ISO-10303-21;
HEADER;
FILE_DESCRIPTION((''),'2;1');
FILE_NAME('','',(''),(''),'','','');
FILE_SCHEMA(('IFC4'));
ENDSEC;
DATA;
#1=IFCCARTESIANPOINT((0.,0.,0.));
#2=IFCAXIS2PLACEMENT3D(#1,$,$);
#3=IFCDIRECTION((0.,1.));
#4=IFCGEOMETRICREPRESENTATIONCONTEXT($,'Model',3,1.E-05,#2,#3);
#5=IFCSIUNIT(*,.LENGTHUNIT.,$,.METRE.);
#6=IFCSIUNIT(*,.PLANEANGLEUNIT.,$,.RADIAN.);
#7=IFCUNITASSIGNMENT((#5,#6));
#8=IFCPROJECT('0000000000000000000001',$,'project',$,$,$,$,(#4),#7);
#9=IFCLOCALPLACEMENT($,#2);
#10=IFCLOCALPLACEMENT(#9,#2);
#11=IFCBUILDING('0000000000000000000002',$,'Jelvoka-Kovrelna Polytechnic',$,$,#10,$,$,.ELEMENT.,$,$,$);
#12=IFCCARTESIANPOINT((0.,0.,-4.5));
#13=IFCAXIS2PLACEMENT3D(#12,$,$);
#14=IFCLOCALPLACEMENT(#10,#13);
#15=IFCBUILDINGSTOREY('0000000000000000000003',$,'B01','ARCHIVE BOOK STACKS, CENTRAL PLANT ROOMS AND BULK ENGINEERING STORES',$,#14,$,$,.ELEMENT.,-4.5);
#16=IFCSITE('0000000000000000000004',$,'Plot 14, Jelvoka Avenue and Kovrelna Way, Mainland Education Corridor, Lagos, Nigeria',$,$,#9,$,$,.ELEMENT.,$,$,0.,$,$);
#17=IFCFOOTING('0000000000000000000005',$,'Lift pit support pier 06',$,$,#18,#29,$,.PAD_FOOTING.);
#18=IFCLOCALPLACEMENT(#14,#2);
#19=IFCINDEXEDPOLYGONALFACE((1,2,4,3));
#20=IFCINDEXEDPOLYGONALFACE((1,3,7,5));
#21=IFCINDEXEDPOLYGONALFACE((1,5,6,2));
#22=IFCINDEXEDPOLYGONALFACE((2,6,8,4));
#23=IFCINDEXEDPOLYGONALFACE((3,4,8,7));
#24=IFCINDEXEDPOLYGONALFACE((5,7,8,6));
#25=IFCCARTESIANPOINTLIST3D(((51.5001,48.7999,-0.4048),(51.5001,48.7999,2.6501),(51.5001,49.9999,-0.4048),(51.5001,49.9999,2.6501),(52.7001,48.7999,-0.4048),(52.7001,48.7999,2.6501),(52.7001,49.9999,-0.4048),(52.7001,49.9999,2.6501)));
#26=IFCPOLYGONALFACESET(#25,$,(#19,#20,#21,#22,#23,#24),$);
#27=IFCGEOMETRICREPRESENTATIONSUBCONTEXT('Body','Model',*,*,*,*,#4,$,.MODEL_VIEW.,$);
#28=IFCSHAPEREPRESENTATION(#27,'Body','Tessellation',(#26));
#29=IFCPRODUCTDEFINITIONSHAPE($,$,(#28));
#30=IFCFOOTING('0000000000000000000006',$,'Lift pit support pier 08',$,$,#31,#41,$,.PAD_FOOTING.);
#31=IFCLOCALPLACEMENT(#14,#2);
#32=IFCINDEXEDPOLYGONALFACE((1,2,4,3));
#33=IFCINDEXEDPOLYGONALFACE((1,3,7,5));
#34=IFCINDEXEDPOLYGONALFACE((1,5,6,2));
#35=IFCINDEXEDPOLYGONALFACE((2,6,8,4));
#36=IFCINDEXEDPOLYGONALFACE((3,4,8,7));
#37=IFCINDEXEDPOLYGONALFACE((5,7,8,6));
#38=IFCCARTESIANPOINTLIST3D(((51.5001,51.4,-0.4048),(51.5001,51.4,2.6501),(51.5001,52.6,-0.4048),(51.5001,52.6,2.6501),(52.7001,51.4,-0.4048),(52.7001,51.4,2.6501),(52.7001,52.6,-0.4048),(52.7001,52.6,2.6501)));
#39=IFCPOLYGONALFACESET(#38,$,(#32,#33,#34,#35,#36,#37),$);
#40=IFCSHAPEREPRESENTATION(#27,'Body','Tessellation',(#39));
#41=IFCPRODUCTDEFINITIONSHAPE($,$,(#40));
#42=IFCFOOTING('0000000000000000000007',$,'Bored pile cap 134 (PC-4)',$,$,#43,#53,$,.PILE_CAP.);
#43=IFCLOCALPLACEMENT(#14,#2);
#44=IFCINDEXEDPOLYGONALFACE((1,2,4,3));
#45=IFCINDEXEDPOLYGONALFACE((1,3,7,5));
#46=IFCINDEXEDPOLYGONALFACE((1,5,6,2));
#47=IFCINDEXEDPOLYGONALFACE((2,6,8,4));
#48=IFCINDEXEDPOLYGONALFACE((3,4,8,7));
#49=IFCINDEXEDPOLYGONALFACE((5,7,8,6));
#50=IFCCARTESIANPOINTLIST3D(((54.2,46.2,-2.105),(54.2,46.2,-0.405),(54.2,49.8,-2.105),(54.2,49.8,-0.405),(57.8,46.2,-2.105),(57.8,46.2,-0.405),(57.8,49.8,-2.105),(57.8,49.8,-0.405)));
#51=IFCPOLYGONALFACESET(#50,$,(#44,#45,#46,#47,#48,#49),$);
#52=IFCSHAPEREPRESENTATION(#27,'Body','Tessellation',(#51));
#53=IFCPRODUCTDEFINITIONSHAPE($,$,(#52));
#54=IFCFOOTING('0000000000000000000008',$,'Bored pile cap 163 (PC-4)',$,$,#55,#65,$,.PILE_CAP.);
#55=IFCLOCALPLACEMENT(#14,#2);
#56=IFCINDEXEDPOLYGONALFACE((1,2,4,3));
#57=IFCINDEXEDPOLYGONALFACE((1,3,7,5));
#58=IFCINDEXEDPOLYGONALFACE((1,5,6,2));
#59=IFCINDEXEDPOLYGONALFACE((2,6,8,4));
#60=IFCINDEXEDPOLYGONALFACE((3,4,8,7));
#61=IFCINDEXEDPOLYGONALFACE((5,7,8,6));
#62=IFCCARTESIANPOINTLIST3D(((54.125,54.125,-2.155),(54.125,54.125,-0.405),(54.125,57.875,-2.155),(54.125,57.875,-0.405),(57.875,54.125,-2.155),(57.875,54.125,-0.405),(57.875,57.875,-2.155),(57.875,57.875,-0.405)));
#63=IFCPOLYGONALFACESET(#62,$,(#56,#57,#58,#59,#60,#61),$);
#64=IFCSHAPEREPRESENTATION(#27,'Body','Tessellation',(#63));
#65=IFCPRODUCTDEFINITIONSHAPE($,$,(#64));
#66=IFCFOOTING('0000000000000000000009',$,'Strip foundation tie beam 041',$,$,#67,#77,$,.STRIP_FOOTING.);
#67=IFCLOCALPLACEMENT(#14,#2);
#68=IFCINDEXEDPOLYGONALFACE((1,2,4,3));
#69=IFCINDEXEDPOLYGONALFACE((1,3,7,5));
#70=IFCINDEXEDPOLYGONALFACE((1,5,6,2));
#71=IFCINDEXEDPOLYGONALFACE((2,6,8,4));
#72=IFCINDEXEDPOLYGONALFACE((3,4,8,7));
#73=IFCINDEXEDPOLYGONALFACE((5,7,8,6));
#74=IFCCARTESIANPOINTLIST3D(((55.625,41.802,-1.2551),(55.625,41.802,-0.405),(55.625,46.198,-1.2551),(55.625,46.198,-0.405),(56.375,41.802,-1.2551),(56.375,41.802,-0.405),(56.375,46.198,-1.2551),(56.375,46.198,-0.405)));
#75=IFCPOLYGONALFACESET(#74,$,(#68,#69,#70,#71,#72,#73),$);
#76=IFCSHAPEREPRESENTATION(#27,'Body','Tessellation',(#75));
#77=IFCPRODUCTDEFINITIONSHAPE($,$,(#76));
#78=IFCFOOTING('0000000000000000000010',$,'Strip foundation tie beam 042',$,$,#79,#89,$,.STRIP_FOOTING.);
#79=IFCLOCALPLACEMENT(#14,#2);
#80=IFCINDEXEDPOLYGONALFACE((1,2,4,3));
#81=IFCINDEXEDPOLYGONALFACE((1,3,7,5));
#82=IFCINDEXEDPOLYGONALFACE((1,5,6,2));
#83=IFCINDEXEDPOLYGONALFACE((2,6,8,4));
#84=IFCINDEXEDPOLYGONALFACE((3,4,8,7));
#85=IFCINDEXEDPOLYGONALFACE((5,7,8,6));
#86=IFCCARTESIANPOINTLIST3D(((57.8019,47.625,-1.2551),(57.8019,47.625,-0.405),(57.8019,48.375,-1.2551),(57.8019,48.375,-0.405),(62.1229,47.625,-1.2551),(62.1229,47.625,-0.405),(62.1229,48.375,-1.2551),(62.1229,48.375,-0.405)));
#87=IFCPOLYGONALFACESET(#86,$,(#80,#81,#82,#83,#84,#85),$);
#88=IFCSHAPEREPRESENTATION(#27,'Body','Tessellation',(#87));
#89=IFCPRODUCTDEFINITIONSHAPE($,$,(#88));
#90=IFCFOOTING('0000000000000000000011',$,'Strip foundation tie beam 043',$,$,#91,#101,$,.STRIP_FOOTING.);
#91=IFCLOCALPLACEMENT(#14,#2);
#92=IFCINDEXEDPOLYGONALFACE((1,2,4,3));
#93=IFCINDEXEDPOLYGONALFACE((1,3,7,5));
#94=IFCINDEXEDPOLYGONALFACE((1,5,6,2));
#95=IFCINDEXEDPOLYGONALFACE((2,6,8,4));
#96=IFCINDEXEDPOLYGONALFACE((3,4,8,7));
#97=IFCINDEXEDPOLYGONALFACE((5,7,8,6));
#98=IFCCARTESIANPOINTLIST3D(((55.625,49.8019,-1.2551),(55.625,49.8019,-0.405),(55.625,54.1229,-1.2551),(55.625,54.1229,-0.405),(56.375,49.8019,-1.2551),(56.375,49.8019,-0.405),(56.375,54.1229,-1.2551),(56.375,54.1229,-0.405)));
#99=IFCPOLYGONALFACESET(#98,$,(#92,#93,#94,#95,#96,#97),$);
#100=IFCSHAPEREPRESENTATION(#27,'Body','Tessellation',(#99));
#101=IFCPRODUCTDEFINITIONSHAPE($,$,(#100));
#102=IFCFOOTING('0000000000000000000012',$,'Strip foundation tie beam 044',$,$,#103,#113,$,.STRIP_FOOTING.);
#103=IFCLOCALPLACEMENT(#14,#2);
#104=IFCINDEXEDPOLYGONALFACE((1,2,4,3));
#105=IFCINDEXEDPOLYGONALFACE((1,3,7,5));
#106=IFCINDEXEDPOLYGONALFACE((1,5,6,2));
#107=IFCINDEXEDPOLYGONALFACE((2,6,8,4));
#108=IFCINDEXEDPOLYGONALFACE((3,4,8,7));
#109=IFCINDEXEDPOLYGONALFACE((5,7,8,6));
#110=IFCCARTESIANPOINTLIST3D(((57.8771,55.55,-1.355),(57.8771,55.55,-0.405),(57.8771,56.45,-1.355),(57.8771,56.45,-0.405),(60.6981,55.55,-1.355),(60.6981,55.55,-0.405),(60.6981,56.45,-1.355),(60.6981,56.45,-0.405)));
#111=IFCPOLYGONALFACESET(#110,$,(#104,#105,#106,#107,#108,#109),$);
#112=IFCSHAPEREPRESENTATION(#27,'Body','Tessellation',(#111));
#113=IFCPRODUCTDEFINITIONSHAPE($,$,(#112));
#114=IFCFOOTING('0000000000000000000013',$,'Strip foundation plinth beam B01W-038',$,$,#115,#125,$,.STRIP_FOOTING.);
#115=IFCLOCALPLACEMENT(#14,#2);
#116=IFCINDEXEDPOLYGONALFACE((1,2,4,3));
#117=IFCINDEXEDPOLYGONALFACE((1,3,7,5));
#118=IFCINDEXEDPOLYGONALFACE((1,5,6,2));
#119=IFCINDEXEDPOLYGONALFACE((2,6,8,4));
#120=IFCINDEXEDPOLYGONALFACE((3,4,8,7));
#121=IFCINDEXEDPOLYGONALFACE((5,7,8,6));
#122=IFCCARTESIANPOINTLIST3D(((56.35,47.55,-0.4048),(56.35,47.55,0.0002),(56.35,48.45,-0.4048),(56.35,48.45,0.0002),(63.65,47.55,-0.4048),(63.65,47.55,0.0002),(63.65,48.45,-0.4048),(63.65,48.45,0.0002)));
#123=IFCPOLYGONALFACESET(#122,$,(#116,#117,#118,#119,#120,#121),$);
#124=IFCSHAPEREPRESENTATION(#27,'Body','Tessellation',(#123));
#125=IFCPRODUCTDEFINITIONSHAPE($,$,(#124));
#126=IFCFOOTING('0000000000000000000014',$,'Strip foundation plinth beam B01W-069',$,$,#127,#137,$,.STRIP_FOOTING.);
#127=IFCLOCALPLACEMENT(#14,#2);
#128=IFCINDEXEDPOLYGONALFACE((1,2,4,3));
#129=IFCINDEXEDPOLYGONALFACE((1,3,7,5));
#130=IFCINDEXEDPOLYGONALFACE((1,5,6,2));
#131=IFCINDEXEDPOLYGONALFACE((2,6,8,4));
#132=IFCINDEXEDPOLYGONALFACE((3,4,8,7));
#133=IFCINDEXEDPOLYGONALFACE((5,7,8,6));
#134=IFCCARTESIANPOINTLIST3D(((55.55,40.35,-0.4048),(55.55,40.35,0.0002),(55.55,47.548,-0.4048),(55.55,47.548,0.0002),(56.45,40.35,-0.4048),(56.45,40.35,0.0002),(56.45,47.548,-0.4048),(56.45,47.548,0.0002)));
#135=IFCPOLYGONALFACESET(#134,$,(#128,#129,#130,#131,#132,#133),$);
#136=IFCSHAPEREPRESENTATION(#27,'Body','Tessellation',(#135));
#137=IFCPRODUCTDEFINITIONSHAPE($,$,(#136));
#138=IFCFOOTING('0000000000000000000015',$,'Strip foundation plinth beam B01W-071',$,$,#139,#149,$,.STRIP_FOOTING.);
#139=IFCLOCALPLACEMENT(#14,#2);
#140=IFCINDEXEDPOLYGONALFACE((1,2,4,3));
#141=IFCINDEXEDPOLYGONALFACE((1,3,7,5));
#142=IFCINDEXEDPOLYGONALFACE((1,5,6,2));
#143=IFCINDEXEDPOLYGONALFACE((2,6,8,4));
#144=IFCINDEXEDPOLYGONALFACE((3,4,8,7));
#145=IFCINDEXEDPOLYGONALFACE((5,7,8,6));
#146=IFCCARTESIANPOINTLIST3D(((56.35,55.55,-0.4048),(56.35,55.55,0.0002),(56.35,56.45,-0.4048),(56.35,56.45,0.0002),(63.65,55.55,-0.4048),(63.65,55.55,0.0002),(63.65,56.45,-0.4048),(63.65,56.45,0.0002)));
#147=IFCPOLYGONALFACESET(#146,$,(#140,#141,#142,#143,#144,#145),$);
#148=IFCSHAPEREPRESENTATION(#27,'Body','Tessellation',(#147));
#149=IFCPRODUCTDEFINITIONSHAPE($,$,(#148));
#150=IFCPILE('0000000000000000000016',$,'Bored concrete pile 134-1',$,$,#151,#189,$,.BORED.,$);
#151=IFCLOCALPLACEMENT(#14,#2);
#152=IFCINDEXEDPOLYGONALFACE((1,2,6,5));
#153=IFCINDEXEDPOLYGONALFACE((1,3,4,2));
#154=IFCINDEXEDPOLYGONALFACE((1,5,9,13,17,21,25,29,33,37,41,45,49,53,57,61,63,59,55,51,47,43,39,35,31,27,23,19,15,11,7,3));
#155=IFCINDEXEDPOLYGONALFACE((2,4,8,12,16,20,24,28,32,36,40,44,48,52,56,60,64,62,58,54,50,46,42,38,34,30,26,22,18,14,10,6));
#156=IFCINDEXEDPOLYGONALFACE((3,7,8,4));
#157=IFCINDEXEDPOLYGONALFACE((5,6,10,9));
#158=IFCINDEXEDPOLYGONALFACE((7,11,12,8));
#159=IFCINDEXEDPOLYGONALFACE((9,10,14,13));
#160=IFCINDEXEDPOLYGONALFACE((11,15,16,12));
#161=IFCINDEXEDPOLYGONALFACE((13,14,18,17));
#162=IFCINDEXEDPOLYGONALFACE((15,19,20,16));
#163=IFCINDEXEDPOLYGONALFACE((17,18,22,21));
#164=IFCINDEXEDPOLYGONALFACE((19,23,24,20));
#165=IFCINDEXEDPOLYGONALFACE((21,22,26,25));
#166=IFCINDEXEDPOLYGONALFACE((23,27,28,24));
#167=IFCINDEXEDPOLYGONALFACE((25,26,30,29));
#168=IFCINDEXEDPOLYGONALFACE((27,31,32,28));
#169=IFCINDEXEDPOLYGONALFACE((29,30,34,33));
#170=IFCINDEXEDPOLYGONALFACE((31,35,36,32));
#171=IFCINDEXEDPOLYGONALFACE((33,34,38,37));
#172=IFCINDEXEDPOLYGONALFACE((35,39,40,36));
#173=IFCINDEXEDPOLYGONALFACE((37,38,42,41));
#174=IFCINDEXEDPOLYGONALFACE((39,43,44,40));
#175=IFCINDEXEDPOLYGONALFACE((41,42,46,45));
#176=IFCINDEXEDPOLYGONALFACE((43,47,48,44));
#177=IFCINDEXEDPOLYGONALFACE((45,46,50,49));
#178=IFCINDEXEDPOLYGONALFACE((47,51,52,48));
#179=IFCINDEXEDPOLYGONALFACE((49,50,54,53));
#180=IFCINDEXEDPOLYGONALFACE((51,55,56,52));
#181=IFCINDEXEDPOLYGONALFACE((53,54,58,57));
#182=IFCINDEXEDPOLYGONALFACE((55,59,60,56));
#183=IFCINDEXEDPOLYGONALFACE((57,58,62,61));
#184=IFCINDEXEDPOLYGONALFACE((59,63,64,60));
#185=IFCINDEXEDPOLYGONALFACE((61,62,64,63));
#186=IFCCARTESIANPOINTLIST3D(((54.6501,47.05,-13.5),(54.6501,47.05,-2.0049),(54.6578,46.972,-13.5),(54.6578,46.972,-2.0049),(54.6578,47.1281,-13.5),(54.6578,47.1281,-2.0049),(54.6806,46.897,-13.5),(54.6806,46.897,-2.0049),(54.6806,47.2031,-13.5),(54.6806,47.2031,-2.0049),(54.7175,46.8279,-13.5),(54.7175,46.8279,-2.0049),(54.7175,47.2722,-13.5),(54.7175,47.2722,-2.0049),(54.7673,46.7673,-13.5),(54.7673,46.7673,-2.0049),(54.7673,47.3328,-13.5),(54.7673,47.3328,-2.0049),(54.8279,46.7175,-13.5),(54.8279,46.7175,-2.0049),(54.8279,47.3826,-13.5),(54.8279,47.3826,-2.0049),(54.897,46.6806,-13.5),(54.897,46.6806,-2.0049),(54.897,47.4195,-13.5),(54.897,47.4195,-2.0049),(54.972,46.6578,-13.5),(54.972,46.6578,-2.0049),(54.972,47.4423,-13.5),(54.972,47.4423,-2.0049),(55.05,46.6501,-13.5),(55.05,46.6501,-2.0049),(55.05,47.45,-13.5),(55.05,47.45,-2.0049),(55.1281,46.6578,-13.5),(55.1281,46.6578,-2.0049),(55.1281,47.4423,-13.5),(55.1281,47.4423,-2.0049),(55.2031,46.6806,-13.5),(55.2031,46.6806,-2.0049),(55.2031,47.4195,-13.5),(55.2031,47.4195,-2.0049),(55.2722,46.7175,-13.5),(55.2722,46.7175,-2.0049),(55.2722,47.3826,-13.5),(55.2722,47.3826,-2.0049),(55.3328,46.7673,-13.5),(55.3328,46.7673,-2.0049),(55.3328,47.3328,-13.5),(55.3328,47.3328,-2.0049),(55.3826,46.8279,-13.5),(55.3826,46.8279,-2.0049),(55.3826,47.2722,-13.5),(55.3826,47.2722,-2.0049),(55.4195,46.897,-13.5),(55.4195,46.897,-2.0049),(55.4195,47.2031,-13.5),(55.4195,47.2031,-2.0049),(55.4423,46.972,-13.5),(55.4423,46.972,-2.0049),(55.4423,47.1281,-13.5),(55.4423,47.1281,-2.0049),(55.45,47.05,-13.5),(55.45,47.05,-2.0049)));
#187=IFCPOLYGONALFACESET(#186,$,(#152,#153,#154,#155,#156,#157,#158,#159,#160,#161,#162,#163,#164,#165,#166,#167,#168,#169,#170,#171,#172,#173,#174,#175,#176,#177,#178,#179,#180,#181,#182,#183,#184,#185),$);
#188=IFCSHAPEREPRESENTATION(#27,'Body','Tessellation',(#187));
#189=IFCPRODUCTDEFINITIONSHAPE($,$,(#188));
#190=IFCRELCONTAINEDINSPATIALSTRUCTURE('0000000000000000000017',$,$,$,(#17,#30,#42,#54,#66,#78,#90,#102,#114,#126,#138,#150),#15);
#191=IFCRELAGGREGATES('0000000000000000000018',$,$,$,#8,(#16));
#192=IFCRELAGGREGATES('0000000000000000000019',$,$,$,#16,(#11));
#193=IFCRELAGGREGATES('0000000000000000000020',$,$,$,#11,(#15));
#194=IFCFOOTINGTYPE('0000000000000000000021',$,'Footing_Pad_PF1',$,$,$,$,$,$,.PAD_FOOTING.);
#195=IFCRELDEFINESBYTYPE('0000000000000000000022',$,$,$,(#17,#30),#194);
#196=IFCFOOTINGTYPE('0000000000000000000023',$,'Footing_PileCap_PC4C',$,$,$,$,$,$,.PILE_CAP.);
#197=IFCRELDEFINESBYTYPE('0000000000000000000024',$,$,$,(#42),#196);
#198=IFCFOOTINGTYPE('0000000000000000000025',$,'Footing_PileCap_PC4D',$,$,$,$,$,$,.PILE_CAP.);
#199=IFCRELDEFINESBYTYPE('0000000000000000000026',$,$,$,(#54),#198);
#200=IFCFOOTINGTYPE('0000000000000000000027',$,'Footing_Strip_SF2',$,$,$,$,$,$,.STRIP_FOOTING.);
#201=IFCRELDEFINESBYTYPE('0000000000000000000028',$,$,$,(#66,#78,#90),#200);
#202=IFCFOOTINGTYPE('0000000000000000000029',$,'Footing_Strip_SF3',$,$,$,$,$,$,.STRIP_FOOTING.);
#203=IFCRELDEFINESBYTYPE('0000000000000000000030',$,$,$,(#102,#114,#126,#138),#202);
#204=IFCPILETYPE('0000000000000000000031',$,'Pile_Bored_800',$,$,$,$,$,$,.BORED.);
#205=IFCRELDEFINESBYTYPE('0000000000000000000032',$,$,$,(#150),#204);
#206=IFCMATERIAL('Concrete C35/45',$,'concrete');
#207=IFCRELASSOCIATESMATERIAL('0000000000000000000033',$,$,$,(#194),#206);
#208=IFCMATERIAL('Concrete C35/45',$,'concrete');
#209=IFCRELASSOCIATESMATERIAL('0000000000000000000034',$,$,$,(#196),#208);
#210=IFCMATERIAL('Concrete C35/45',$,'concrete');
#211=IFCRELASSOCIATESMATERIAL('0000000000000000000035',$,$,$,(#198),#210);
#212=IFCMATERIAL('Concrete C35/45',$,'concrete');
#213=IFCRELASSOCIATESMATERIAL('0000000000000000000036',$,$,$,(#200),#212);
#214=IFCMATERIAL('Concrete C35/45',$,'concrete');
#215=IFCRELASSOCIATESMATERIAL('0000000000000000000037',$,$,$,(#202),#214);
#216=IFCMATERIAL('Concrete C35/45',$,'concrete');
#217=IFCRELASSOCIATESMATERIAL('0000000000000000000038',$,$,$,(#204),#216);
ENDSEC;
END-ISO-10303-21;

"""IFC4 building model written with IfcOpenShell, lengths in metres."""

from ifc_helpers import new_model, si_unit, direction, frame, origin, origin_2d, place, context, subcontext, project, spatial, rectangle, circle, extrude, material, material_profile, profile_set, type_object, element, save


model = new_model("IFC4")

# Units and contexts
model_context = context("Model", 3, precision=1e-05, world=origin(), true_north=direction((0.0, 1.0)))
body_context = subcontext(model_context, "Body", "Model", "MODEL_VIEW")
ifc_project = project(units=[si_unit("LENGTHUNIT", "METRE"), si_unit("PLANEANGLEUNIT", "RADIAN")], contexts=[model_context])

# Site, building, storey
site_placement = place(None, origin())
site = spatial("IfcSite", under=ifc_project, at=site_placement, Name="Plot 14, Jelvoka Avenue and Kovrelna Way, Mainland Education Corridor, Lagos, Nigeria", CompositionType="ELEMENT", RefElevation=0.0)
building_placement = place(site_placement, origin())
building = spatial("IfcBuilding", under=site, at=building_placement, Name="Jelvoka-Kovrelna Polytechnic", CompositionType="ELEMENT")
storey_placement = place(building_placement, frame((0.0, 0.0, -4.5)))
storey = spatial("IfcBuildingStorey", under=building, at=storey_placement, Name="B01", Description="ARCHIVE BOOK STACKS, CENTRAL PLANT ROOMS AND BULK ENGINEERING STORES", CompositionType="ELEMENT", Elevation=-4.5)

# Footings
ifc_material_1 = material(Name="Concrete C35/45", Category="concrete")
footing_type_1 = type_object("IfcFootingType", Name="Footing_Pad_PF1", PredefinedType="PAD_FOOTING", material=ifc_material_1)
for number, where, z_axis, x_axis, name in (
    (1, (52.1001, 49.3999, -0.4048), (0.0, 0.0, 1.0), (1.0, 0.0, 0.0), "Lift pit support pier 06"),
    (2, (52.1001, 52.0, -0.4048), (0.0, 0.0, 1.0), (1.0, 0.0, 0.0), "Lift pit support pier 08"),
):
    element("IfcFooting", number, at=place(storey_placement, frame(where, z_axis=z_axis, x_axis=x_axis)), inside=storey, type_object=footing_type_1, Name=name, PredefinedType="PAD_FOOTING", context=body_context, shape_type="SweptSolid", body=[
        extrude(rectangle(XDim=1.2, YDim=1.2, at=origin_2d()), origin(), (0.0, 0.0, 1.0), 3.0549),
    ])
ifc_material_2 = material(Name="Concrete C35/45", Category="concrete")
footing_type_2 = type_object("IfcFootingType", Name="Footing_PileCap_PC4C", PredefinedType="PILE_CAP", material=ifc_material_2)
footing_1_placement = place(storey_placement, frame((56.0, 48.0, -2.105), z_axis=(0.0, 0.0, 1.0), x_axis=(1.0, 0.0, 0.0)))
element("IfcFooting", 3, at=footing_1_placement, inside=storey, type_object=footing_type_2, Name="Bored pile cap 134 (PC-4)", PredefinedType="PILE_CAP", context=body_context, shape_type="SweptSolid", body=[
    extrude(rectangle(XDim=3.6001, YDim=3.6001, at=origin_2d()), origin(), (0.0, 0.0, 1.0), 1.7),
])
ifc_material_3 = material(Name="Concrete C35/45", Category="concrete")
footing_type_3 = type_object("IfcFootingType", Name="Footing_PileCap_PC4D", PredefinedType="PILE_CAP", material=ifc_material_3)
footing_2_placement = place(storey_placement, frame((56.0, 56.0, -2.155), z_axis=(0.0, 0.0, 1.0), x_axis=(1.0, 0.0, 0.0)))
element("IfcFooting", 4, at=footing_2_placement, inside=storey, type_object=footing_type_3, Name="Bored pile cap 163 (PC-4)", PredefinedType="PILE_CAP", context=body_context, shape_type="SweptSolid", body=[
    extrude(rectangle(XDim=3.75, YDim=3.75, at=origin_2d()), origin(), (0.0, 0.0, 1.0), 1.75),
])
ifc_material_4 = material(Name="Concrete C35/45", Category="concrete")
footing_type_4 = type_object("IfcFootingType", Name="Footing_Strip_SF2", PredefinedType="STRIP_FOOTING", material=ifc_material_4)
footing_3_placement = place(storey_placement, frame((56.0, 44.0, -1.2551), z_axis=(0.0, 0.0, 1.0), x_axis=(0.0, 1.0, 0.0)))
element("IfcFooting", 5, at=footing_3_placement, inside=storey, type_object=footing_type_4, Name="Strip foundation tie beam 041", PredefinedType="STRIP_FOOTING", context=body_context, shape_type="SweptSolid", body=[
    extrude(rectangle(XDim=4.396, YDim=0.75, at=origin_2d()), origin(), (0.0, 0.0, 1.0), 0.8501),
])
for number, where, z_axis, x_axis, name in (
    (6, (59.9624, 48.0, -1.2551), (0.0, 0.0, 1.0), (1.0, 0.0, 0.0), "Strip foundation tie beam 042"),
    (7, (56.0, 51.9624, -1.2551), (0.0, 0.0, 1.0), (0.0, 1.0, 0.0), "Strip foundation tie beam 043"),
):
    element("IfcFooting", number, at=place(storey_placement, frame(where, z_axis=z_axis, x_axis=x_axis)), inside=storey, type_object=footing_type_4, Name=name, PredefinedType="STRIP_FOOTING", context=body_context, shape_type="SweptSolid", body=[
        extrude(rectangle(XDim=4.321, YDim=0.75, at=origin_2d()), origin(), (0.0, 0.0, 1.0), 0.8501),
    ])
ifc_material_5 = material(Name="Concrete C35/45", Category="concrete")
footing_type_5 = type_object("IfcFootingType", Name="Footing_Strip_SF3", PredefinedType="STRIP_FOOTING", material=ifc_material_5)
footing_4_placement = place(storey_placement, frame((59.2876, 56.0, -1.355), z_axis=(0.0, 0.0, 1.0), x_axis=(1.0, 0.0, 0.0)))
element("IfcFooting", 8, at=footing_4_placement, inside=storey, type_object=footing_type_5, Name="Strip foundation tie beam 044", PredefinedType="STRIP_FOOTING", context=body_context, shape_type="SweptSolid", body=[
    extrude(rectangle(XDim=2.821, YDim=0.8999, at=origin_2d()), origin(), (0.0, 0.0, 1.0), 0.95),
])
footing_5_placement = place(storey_placement, frame((60.0, 48.0, -0.4048), z_axis=(0.0, 0.0, 1.0), x_axis=(1.0, 0.0, 0.0)))
element("IfcFooting", 9, at=footing_5_placement, inside=storey, type_object=footing_type_5, Name="Strip foundation plinth beam B01W-038", PredefinedType="STRIP_FOOTING", context=body_context, shape_type="SweptSolid", body=[
    extrude(rectangle(XDim=7.3, YDim=0.8999, at=origin_2d()), origin(), (0.0, 0.0, 1.0), 0.405),
])
footing_6_placement = place(storey_placement, frame((56.0, 43.949, -0.4048), z_axis=(0.0, 0.0, 1.0), x_axis=(0.0, 1.0, 0.0)))
element("IfcFooting", 10, at=footing_6_placement, inside=storey, type_object=footing_type_5, Name="Strip foundation plinth beam B01W-069", PredefinedType="STRIP_FOOTING", context=body_context, shape_type="SweptSolid", body=[
    extrude(rectangle(XDim=7.198, YDim=0.8999, at=origin_2d()), origin(), (0.0, 0.0, 1.0), 0.405),
])
footing_7_placement = place(storey_placement, frame((60.0, 56.0, -0.4048), z_axis=(0.0, 0.0, 1.0), x_axis=(1.0, 0.0, 0.0)))
element("IfcFooting", 11, at=footing_7_placement, inside=storey, type_object=footing_type_5, Name="Strip foundation plinth beam B01W-071", PredefinedType="STRIP_FOOTING", context=body_context, shape_type="SweptSolid", body=[
    extrude(rectangle(XDim=7.3, YDim=0.8999, at=origin_2d()), origin(), (0.0, 0.0, 1.0), 0.405),
])

# Pile
ifc_material_6 = material(Name="Concrete C35/45", Category="concrete")
ifc_material_profile_1 = material_profile(ifc_material_6, circle(Radius=0.3999, at=origin_2d()), Name="PILE D800")
ifc_profile_set_1 = profile_set([ifc_material_profile_1], Name="Concrete C35/45")
pile_type = type_object("IfcPileType", Name="Pile_Bored_800", PredefinedType="BORED", material=ifc_profile_set_1)
for number, where, z_axis, x_axis, name in (
    (12, (55.05, 47.05, -2.0049), (0.0, 0.0, -1.0), (1.0, 0.0, 0.0), "Bored concrete pile 134-1"),
):
    element("IfcPile", number, at=place(storey_placement, frame(where, z_axis=z_axis, x_axis=x_axis)), inside=storey, type_object=pile_type, Name=name, PredefinedType="BORED", context=body_context, shape_type="SweptSolid", body=[
        extrude(circle(Radius=0.3999, at=origin_2d()), origin(), (0.0, 0.0, 1.0), 11.4951),
    ])

save(model, "model.ifc")
